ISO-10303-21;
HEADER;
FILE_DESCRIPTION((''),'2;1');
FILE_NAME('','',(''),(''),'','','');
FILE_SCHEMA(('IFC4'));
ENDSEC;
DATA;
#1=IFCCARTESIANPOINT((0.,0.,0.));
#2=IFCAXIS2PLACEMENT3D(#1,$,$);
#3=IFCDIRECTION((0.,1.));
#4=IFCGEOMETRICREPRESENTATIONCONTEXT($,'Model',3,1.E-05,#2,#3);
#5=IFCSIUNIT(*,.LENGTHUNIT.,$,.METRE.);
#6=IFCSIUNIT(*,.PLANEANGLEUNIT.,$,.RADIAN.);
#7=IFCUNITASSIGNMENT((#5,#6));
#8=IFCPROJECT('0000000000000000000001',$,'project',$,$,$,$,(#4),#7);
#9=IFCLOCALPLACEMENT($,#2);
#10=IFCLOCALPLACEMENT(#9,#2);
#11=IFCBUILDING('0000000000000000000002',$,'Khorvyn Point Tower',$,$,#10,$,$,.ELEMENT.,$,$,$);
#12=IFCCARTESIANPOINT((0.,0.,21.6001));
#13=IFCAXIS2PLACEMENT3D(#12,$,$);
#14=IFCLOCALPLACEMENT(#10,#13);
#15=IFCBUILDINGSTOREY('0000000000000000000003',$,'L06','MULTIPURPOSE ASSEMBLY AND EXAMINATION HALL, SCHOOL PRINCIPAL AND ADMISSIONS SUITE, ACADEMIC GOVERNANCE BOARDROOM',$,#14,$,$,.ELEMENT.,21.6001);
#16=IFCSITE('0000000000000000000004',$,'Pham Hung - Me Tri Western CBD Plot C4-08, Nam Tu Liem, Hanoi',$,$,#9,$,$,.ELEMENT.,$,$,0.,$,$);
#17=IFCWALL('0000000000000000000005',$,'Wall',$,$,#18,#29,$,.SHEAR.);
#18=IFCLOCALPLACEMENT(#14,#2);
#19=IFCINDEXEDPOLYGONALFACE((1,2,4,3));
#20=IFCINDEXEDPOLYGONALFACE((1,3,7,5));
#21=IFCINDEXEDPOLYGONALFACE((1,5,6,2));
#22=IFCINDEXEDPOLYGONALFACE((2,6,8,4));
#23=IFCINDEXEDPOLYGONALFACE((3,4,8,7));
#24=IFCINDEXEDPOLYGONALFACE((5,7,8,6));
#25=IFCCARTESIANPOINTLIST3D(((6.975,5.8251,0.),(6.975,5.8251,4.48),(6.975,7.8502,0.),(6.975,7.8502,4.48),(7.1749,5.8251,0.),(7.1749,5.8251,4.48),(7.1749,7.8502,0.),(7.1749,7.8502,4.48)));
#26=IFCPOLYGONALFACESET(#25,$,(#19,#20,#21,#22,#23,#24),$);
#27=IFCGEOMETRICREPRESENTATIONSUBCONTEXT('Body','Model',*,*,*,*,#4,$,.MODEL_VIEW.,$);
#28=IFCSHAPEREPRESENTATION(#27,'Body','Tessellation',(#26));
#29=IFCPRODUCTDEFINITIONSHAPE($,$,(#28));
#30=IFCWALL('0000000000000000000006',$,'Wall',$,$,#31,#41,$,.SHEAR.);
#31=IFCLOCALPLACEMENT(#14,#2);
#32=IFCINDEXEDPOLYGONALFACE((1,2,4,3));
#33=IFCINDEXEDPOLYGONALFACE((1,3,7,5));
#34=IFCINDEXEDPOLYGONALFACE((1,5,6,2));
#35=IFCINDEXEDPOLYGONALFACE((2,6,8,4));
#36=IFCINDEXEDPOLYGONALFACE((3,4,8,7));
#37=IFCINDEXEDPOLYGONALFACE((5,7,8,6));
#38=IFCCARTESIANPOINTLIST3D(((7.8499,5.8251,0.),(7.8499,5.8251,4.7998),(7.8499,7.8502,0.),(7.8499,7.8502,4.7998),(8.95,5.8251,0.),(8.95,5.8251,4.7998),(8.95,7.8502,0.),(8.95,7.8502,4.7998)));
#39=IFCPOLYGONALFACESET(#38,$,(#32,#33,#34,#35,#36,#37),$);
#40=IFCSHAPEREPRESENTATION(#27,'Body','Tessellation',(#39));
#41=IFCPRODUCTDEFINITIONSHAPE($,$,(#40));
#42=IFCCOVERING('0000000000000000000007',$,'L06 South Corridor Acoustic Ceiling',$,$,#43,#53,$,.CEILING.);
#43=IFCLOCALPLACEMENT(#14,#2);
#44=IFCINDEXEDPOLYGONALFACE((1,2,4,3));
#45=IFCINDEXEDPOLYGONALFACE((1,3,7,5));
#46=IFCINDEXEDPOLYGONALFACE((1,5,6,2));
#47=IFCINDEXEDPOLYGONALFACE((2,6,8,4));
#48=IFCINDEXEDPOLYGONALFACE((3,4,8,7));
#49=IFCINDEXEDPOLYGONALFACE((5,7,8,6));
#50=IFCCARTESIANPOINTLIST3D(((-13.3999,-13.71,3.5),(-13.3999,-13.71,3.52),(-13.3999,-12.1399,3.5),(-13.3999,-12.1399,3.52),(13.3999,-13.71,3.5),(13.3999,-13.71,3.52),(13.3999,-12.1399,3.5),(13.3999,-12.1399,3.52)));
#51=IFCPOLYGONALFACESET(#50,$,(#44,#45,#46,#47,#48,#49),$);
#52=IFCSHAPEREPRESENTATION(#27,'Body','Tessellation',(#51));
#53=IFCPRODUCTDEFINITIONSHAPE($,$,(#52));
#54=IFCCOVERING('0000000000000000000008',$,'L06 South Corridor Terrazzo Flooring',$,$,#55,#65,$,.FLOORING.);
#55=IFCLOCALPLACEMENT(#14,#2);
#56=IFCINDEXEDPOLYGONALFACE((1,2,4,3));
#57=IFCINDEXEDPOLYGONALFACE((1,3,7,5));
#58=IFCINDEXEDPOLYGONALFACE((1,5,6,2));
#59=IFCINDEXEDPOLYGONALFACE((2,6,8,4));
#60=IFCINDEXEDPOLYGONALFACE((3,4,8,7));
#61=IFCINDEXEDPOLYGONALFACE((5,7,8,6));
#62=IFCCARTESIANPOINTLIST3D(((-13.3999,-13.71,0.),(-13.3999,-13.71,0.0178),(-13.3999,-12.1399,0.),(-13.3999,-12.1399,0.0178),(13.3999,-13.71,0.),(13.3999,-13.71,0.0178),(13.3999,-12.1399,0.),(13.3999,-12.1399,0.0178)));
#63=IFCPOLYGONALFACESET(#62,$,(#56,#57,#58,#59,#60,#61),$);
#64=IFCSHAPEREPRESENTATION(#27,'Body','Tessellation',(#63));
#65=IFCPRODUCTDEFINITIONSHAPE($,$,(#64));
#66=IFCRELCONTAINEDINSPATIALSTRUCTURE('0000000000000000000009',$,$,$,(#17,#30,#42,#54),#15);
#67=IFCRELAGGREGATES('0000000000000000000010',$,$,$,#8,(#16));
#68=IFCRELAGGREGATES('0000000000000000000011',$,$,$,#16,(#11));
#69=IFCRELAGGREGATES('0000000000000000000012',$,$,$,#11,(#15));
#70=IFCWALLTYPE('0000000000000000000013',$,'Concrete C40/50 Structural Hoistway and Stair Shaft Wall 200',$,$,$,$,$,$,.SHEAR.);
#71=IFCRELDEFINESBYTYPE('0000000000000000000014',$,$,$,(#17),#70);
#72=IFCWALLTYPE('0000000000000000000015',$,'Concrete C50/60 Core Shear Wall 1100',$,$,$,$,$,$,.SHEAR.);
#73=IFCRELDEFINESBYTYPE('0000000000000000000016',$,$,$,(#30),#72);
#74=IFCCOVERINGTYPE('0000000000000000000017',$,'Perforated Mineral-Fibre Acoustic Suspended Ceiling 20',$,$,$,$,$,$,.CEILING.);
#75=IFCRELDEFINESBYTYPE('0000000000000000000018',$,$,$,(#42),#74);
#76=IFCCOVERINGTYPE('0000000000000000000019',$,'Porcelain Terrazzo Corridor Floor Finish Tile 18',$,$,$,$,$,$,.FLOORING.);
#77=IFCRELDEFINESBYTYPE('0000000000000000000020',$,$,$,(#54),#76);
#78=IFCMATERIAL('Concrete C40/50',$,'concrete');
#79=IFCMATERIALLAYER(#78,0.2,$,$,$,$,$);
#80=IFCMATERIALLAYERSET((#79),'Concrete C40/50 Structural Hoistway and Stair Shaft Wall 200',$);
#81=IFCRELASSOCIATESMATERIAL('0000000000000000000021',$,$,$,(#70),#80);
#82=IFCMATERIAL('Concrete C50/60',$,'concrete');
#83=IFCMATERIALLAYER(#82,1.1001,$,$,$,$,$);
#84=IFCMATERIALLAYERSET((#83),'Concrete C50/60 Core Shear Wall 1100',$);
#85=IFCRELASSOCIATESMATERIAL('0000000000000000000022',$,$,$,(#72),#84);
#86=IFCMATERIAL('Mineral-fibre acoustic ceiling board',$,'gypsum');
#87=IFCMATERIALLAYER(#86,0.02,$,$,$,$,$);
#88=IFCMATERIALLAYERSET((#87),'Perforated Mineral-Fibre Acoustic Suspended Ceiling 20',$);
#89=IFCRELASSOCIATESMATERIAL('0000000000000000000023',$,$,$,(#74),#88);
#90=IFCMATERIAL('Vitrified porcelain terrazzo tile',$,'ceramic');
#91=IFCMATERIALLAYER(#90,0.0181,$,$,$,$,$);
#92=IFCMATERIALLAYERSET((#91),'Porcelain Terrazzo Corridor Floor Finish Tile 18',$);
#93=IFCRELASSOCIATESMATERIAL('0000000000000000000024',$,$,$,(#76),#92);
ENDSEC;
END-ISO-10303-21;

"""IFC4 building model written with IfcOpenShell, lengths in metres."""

from ifc_helpers import new_model, si_unit, direction, frame, frame_2d, origin, place, context, subcontext, project, spatial, polyline, rectangle, outline, extrude, material, layer, layer_set, type_object, element, save


model = new_model("IFC4")

# Units and contexts
model_context = context("Model", 3, precision=1e-05, world=origin(), true_north=direction((0.0, 1.0)))
body_context = subcontext(model_context, "Body", "Model", "MODEL_VIEW")
ifc_project = project(units=[si_unit("LENGTHUNIT", "METRE"), si_unit("PLANEANGLEUNIT", "RADIAN")], contexts=[model_context])

# Site, building, storey
site_placement = place(None, origin())
site = spatial("IfcSite", under=ifc_project, at=site_placement, Name="Pham Hung - Me Tri Western CBD Plot C4-08, Nam Tu Liem, Hanoi", CompositionType="ELEMENT", RefElevation=0.0)
building_placement = place(site_placement, origin())
building = spatial("IfcBuilding", under=site, at=building_placement, Name="Khorvyn Point Tower", CompositionType="ELEMENT")
storey_placement = place(building_placement, frame((0.0, 0.0, 21.6001)))
storey = spatial("IfcBuildingStorey", under=building, at=storey_placement, Name="L06", Description="MULTIPURPOSE ASSEMBLY AND EXAMINATION HALL, SCHOOL PRINCIPAL AND ADMISSIONS SUITE, ACADEMIC GOVERNANCE BOARDROOM", CompositionType="ELEMENT", Elevation=21.6001)

# Shared definitions
ifc_material_1 = material(Name="Concrete C40/50", Category="concrete")
ifc_material_2 = material(Name="Concrete C50/60", Category="concrete")

# Shared definitions
ifc_layer_1 = layer(ifc_material_1, 0.2)
ifc_layer_set_1 = layer_set([ifc_layer_1], Name="Concrete C40/50 Structural Hoistway and Stair Shaft Wall 200")
wall_type_1 = type_object("IfcWallType", Name="Concrete C40/50 Structural Hoistway and Stair Shaft Wall 200", PredefinedType="SHEAR", material=ifc_layer_set_1)

# Walls
wall_1_placement = place(storey_placement, frame((7.075, 5.825, 0.0), z_axis=(0.0, 0.0, 1.0), x_axis=(0.0, 1.0, 0.0)))
element("IfcWall", 1, at=wall_1_placement, inside=storey, type_object=wall_type_1, Name="Wall", PredefinedType="SHEAR", context=body_context, shape_type="SweptSolid", body=[
    extrude(rectangle(XDim=2.0251, YDim=0.2, at=frame_2d((1.0127, 0.0))), origin(), (0.0, 0.0, 1.0), 4.48),
])
ifc_layer_2 = layer(ifc_material_2, 1.1001)
ifc_layer_set_2 = layer_set([ifc_layer_2], Name="Concrete C50/60 Core Shear Wall 1100")
wall_type_2 = type_object("IfcWallType", Name="Concrete C50/60 Core Shear Wall 1100", PredefinedType="SHEAR", material=ifc_layer_set_2)
wall_2_placement = place(storey_placement, frame((8.3999, 5.825, 0.0), z_axis=(0.0, 0.0, 1.0), x_axis=(0.0, 1.0, 0.0)))
element("IfcWall", 2, at=wall_2_placement, inside=storey, type_object=wall_type_2, Name="Wall", PredefinedType="SHEAR", context=body_context, shape_type="SweptSolid", body=[
    extrude(rectangle(XDim=2.0251, YDim=1.1001, at=frame_2d((1.0127, 0.0))), origin(), (0.0, 0.0, 1.0), 4.7998),
])

# Coverings
ifc_material_3 = material(Name="Mineral-fibre acoustic ceiling board", Category="gypsum")
ifc_layer_3 = layer(ifc_material_3, 0.02)
ifc_layer_set_3 = layer_set([ifc_layer_3], Name="Perforated Mineral-Fibre Acoustic Suspended Ceiling 20")
covering_type_1 = type_object("IfcCoveringType", Name="Perforated Mineral-Fibre Acoustic Suspended Ceiling 20", PredefinedType="CEILING", material=ifc_layer_set_3)
covering_1_placement = place(storey_placement, frame((0.0, 0.0, 3.5)))
element("IfcCovering", 3, at=covering_1_placement, inside=storey, type_object=covering_type_1, Name="L06 South Corridor Acoustic Ceiling", PredefinedType="CEILING", context=body_context, shape_type="SweptSolid", body=[
    extrude(outline(polyline([(-13.3999, -13.71), (13.3999, -13.71), (13.3999, -12.1399), (-13.3999, -12.1399), (-13.3999, -13.71)])), origin(), (0.0, 0.0, 1.0), 0.02),
])
ifc_material_4 = material(Name="Vitrified porcelain terrazzo tile", Category="ceramic")
ifc_layer_4 = layer(ifc_material_4, 0.0181)
ifc_layer_set_4 = layer_set([ifc_layer_4], Name="Porcelain Terrazzo Corridor Floor Finish Tile 18")
covering_type_2 = type_object("IfcCoveringType", Name="Porcelain Terrazzo Corridor Floor Finish Tile 18", PredefinedType="FLOORING", material=ifc_layer_set_4)
covering_2_placement = place(storey_placement, origin())
element("IfcCovering", 4, at=covering_2_placement, inside=storey, type_object=covering_type_2, Name="L06 South Corridor Terrazzo Flooring", PredefinedType="FLOORING", context=body_context, shape_type="SweptSolid", body=[
    extrude(outline(polyline([(-13.3999, -13.71), (13.3999, -13.71), (13.3999, -12.1399), (-13.3999, -12.1399), (-13.3999, -13.71)])), origin(), (0.0, 0.0, 1.0), 0.0178),
])

save(model, "model.ifc")
